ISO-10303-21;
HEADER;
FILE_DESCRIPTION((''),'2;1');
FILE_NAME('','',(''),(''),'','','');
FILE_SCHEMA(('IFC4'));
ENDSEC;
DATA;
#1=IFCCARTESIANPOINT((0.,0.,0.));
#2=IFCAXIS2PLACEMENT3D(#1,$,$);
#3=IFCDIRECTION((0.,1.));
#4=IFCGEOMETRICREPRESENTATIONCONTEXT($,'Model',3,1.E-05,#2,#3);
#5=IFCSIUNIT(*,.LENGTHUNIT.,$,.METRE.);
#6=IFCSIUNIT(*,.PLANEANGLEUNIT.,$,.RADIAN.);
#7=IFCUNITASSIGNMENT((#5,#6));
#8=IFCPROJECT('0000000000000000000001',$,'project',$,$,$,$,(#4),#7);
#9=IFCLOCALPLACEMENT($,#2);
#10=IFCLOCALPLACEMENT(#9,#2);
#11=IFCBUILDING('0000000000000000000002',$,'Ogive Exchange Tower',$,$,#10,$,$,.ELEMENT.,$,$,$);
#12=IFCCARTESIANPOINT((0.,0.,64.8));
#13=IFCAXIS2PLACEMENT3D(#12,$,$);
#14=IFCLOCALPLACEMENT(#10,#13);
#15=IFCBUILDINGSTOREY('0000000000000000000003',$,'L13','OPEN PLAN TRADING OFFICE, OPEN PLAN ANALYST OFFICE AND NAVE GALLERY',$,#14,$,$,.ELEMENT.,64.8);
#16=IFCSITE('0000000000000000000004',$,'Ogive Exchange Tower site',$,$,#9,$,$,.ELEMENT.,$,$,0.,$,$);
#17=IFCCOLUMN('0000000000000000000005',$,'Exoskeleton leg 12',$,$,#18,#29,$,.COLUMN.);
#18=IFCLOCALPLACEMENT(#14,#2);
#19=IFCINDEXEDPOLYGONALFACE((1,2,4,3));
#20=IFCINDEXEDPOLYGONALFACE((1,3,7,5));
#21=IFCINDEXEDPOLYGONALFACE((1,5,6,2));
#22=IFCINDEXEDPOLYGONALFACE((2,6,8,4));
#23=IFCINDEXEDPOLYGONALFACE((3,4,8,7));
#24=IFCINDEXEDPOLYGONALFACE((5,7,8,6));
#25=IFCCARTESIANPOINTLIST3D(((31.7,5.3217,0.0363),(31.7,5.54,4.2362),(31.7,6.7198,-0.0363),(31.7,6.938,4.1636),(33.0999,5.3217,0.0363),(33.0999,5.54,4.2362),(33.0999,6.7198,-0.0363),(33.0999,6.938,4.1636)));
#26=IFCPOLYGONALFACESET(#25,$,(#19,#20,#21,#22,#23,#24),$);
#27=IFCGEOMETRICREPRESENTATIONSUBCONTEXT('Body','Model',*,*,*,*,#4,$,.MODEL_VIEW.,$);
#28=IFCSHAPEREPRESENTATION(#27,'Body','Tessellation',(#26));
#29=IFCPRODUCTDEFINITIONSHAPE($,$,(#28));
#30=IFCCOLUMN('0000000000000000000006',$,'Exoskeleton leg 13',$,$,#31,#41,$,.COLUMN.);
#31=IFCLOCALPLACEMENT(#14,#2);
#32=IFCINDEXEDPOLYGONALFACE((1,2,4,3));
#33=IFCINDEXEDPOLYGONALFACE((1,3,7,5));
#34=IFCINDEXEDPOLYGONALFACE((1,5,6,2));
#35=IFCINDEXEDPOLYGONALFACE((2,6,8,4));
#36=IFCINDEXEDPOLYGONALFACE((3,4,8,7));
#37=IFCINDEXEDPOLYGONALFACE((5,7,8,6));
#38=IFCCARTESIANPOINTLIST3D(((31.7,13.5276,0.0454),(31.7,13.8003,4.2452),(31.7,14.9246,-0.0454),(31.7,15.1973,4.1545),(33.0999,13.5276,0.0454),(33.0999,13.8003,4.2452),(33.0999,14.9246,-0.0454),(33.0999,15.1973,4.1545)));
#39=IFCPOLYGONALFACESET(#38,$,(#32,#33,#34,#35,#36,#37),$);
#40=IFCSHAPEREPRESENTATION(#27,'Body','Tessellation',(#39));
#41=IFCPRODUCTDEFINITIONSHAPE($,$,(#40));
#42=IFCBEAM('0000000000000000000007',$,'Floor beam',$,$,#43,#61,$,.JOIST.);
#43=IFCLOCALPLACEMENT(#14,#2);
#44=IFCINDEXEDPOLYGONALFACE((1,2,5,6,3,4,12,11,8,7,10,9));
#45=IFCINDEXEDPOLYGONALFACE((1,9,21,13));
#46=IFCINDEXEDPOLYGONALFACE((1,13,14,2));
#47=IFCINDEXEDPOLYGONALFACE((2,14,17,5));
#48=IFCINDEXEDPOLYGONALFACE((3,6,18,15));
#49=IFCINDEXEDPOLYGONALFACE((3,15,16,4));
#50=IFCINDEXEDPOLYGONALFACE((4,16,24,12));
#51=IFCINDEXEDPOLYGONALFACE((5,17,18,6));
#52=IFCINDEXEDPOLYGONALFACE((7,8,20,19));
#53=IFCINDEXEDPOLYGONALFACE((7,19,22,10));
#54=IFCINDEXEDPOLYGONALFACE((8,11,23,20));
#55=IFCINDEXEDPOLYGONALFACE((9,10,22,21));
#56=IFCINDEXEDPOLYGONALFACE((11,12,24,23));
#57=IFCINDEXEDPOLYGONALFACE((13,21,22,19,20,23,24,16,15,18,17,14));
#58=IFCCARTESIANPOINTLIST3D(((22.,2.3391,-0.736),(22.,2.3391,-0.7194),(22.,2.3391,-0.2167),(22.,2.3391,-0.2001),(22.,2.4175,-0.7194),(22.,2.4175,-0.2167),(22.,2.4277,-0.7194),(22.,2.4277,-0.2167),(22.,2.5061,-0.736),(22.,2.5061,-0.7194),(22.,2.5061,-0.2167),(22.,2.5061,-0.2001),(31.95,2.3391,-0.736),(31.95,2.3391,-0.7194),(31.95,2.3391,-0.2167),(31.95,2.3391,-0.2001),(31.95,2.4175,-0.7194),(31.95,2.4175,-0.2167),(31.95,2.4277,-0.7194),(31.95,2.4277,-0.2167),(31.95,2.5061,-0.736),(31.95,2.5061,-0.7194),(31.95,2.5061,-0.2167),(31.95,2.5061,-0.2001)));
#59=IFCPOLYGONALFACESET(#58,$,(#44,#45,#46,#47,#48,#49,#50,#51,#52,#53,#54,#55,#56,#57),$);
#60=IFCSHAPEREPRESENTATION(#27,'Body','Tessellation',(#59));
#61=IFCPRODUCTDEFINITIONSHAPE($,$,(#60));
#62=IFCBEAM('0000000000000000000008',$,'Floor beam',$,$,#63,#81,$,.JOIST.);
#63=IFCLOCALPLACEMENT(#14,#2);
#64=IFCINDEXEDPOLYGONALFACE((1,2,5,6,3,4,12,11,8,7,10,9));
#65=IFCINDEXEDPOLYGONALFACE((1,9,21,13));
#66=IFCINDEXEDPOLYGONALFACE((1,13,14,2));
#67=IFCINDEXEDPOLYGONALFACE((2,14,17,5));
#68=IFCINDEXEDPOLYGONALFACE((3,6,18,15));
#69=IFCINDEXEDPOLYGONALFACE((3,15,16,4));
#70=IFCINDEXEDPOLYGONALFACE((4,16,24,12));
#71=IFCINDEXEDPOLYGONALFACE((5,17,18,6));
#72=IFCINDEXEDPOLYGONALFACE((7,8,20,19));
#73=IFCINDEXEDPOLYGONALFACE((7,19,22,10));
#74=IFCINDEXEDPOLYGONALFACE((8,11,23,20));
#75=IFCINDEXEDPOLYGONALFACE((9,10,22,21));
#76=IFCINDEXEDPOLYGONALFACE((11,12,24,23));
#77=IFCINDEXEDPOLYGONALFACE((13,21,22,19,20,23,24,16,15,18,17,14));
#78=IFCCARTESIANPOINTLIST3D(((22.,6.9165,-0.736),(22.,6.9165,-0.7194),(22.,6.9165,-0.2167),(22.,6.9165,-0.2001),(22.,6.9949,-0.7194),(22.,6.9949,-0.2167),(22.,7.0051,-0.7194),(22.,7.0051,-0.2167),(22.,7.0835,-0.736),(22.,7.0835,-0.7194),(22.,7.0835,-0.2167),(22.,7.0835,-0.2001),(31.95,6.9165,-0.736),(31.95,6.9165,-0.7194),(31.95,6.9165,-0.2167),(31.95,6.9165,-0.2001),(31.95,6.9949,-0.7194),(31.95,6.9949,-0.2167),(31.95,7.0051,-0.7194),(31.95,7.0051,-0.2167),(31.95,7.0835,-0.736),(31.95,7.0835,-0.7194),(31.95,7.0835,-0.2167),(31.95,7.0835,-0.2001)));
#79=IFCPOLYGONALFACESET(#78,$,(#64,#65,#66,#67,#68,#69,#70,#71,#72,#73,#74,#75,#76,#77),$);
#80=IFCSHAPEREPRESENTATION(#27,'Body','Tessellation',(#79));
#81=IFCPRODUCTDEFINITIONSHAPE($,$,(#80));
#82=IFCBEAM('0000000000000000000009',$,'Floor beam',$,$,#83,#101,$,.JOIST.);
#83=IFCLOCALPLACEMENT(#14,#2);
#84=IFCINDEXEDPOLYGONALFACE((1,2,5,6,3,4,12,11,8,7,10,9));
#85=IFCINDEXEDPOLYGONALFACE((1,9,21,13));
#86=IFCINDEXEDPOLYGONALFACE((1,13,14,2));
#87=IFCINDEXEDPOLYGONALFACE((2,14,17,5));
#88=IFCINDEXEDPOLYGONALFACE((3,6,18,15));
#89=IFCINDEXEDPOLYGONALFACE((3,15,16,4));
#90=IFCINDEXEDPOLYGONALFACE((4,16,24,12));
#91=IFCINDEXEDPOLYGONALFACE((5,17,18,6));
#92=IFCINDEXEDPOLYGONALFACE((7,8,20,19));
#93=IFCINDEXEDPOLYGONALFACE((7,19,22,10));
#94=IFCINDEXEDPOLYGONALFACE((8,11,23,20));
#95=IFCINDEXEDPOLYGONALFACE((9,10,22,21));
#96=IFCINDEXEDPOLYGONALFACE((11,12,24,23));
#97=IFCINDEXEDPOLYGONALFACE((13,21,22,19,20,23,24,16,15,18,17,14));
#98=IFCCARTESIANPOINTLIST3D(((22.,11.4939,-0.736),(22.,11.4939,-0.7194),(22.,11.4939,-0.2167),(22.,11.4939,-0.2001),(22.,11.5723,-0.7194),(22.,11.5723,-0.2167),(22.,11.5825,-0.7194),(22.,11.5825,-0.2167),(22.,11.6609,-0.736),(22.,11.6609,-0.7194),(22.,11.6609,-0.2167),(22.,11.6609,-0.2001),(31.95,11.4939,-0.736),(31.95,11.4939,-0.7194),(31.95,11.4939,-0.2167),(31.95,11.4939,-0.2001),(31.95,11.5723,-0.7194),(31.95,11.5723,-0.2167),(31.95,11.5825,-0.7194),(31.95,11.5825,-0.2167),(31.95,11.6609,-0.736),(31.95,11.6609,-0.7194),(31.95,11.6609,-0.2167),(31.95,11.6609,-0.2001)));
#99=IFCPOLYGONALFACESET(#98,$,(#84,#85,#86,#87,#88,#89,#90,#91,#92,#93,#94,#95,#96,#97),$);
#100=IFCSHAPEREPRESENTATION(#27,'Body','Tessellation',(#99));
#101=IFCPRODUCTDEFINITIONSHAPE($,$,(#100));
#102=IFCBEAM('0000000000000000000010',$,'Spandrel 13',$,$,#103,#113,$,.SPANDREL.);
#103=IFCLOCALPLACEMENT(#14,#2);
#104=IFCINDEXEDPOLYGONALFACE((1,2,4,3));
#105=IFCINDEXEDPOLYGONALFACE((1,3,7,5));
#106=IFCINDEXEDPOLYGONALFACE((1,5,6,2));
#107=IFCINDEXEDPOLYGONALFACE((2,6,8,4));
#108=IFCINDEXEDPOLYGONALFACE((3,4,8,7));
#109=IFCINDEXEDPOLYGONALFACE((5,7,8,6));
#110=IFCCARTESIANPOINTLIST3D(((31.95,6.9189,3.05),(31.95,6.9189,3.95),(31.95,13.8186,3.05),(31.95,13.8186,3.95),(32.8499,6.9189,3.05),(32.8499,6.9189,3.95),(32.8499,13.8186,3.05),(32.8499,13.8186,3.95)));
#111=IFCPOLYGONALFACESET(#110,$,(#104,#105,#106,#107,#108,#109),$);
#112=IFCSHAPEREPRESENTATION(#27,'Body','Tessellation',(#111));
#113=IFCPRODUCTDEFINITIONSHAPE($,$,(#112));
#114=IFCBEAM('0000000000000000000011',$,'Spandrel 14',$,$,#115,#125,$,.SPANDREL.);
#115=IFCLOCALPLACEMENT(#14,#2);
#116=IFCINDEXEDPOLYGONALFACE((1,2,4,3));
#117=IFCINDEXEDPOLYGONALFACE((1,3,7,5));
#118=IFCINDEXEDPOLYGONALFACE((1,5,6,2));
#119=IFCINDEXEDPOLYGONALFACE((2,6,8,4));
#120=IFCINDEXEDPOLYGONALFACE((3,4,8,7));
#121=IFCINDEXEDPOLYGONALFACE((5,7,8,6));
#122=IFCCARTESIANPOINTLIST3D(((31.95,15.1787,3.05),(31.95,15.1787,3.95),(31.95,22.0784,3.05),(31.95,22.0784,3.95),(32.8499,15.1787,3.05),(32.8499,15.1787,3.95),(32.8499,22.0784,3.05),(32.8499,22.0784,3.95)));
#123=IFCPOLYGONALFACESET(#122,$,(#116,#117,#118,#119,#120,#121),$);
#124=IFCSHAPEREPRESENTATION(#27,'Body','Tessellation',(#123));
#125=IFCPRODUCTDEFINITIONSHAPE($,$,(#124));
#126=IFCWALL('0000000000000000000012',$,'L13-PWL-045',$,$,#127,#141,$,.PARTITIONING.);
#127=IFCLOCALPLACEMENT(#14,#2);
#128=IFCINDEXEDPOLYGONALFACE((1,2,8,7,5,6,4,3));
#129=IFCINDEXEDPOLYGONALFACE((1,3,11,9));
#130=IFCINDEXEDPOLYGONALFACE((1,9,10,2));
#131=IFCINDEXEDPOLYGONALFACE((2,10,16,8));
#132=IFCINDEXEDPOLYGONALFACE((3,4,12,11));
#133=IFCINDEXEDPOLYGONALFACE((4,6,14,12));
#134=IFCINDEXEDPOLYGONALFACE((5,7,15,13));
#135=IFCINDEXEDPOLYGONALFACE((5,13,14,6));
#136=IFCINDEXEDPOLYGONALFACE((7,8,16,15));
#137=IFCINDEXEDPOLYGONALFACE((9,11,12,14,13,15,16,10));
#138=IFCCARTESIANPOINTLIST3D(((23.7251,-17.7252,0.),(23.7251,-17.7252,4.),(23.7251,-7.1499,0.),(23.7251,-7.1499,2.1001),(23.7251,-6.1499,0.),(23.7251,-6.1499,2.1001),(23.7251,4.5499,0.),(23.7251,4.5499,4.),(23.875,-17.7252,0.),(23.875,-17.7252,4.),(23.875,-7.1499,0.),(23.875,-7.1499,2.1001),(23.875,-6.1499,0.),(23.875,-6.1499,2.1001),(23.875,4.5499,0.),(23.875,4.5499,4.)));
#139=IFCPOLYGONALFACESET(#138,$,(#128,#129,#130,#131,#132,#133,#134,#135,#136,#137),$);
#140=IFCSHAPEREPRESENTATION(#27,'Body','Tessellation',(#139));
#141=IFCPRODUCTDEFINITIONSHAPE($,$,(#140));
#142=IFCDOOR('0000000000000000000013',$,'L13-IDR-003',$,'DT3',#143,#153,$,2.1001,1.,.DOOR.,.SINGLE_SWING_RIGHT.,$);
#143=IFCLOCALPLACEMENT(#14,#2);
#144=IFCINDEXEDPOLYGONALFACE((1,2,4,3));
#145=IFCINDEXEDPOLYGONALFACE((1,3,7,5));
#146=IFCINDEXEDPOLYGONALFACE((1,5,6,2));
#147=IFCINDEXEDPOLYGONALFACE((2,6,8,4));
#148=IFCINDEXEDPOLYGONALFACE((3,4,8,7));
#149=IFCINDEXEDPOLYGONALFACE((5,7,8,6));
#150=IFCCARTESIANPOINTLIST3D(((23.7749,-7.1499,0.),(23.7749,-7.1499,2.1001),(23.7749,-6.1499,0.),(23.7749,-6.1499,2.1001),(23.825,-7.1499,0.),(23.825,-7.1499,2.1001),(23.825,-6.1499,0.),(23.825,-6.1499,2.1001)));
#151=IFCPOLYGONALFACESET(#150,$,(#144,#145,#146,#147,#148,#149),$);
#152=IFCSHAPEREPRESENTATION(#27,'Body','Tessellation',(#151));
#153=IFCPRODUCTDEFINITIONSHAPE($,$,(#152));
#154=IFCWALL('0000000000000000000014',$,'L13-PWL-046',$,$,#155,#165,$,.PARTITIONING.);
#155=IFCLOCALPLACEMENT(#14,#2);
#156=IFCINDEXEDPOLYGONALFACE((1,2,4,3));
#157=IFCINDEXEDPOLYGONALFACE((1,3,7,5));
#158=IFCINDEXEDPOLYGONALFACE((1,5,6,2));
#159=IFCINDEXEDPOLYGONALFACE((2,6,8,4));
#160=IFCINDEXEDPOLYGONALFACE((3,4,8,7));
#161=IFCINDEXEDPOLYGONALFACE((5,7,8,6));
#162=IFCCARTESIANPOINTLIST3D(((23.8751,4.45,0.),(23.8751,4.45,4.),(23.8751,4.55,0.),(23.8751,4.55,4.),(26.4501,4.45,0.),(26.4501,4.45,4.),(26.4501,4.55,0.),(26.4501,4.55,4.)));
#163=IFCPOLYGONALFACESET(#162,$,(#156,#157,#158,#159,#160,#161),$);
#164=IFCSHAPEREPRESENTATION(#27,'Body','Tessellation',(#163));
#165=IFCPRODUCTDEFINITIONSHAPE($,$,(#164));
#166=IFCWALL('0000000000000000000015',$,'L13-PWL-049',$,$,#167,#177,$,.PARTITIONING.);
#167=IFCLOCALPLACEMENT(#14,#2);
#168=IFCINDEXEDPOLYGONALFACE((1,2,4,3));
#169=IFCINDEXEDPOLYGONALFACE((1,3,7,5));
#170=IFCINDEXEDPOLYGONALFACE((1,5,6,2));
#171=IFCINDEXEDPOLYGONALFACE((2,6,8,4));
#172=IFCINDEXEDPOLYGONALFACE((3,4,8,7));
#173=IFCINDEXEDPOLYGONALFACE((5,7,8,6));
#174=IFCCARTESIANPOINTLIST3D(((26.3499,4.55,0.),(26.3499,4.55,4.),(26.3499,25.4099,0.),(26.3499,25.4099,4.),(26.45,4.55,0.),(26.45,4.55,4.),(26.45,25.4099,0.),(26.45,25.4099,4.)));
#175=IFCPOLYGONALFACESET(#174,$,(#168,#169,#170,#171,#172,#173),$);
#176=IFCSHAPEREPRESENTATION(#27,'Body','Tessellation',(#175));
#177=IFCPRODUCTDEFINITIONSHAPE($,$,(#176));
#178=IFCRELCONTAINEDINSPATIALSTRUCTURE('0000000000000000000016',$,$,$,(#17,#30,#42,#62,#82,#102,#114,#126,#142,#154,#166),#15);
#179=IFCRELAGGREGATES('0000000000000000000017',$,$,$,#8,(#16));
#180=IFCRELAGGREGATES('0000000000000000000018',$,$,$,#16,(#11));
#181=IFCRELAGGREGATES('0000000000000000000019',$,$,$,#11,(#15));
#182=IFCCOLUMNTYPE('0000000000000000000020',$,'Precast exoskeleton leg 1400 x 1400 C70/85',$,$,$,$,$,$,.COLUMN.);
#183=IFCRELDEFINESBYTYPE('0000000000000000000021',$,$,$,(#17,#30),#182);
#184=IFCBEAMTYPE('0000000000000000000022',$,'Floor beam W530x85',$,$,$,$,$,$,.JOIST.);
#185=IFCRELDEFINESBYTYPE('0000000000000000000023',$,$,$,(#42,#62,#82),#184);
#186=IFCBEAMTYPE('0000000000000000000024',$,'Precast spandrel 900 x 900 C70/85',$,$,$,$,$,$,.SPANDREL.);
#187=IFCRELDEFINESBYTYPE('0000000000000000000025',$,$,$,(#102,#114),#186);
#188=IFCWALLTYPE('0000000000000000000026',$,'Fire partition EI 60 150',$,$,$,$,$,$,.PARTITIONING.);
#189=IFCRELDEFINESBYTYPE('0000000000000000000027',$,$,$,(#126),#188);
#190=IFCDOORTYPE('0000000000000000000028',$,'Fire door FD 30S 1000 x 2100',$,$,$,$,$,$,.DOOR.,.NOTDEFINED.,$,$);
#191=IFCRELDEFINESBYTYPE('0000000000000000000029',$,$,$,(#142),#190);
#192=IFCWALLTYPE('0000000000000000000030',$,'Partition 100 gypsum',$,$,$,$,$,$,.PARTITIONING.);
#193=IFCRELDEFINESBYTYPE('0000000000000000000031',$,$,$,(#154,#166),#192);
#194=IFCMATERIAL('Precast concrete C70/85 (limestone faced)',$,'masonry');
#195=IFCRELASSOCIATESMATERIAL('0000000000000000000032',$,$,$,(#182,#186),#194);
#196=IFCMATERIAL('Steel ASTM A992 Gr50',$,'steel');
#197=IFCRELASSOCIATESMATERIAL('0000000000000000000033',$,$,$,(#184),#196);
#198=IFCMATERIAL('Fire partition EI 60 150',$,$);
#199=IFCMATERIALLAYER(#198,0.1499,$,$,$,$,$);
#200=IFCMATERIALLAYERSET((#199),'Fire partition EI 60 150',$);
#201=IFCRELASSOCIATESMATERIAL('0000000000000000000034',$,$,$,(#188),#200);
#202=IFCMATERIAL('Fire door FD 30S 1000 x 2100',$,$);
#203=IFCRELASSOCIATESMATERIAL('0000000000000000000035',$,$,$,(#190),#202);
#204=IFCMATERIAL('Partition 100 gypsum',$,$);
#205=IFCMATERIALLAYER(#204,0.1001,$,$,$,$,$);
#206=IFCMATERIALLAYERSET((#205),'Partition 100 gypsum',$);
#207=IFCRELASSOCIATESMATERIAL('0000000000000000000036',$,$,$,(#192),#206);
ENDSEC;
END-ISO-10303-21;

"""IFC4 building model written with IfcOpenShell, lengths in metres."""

from ifc_helpers import new_model, si_unit, direction, frame, frame_2d, origin, origin_2d, place, context, subcontext, project, spatial, rectangle, i_section, extrude, material, layer, layer_set, material_profile, profile_set, type_object, element, fill, save


model = new_model("IFC4")

# Units and contexts
model_context = context("Model", 3, precision=1e-05, world=origin(), true_north=direction((0.0, 1.0)))
body_context = subcontext(model_context, "Body", "Model", "MODEL_VIEW")
ifc_project = project(units=[si_unit("LENGTHUNIT", "METRE"), si_unit("PLANEANGLEUNIT", "RADIAN")], contexts=[model_context])

# Site, building, storey
site_placement = place(None, origin())
site = spatial("IfcSite", under=ifc_project, at=site_placement, Name="Ogive Exchange Tower site", CompositionType="ELEMENT", RefElevation=0.0)
building_placement = place(site_placement, origin())
building = spatial("IfcBuilding", under=site, at=building_placement, Name="Ogive Exchange Tower", CompositionType="ELEMENT")
storey_placement = place(building_placement, frame((0.0, 0.0, 64.8)))
storey = spatial("IfcBuildingStorey", under=building, at=storey_placement, Name="L13", Description="OPEN PLAN TRADING OFFICE, OPEN PLAN ANALYST OFFICE AND NAVE GALLERY", CompositionType="ELEMENT", Elevation=64.8)

# Columns
ifc_material_1 = material(Name="Precast concrete C70/85 (limestone faced)", Category="masonry")
ifc_material_profile_1 = material_profile(ifc_material_1, rectangle(XDim=1.3999, YDim=1.3999, at=origin_2d()), Name="1400 x 1400")
ifc_profile_set_1 = profile_set([ifc_material_profile_1], Name="Precast concrete C70/85 (limestone faced)")
column_type = type_object("IfcColumnType", Name="Precast exoskeleton leg 1400 x 1400 C70/85", PredefinedType="COLUMN", material=ifc_profile_set_1)
column_1_placement = place(storey_placement, frame((32.3999, 6.0208, 0.0), z_axis=(0.0, 0.051898, 0.998652), x_axis=(-1.0, 0.0, 0.0)))
element("IfcColumn", 1, at=column_1_placement, inside=storey, type_object=column_type, Name="Exoskeleton leg 12", PredefinedType="COLUMN", context=body_context, shape_type="SweptSolid", body=[
    extrude(rectangle(XDim=1.3999, YDim=1.3999, at=origin_2d()), origin(), (0.0, 0.0, 1.0), 4.2056),
])
column_2_placement = place(storey_placement, frame((32.3999, 14.2261, 0.0), z_axis=(0.0, 0.064794, 0.997899), x_axis=(-1.0, 0.0, 0.0)))
element("IfcColumn", 2, at=column_2_placement, inside=storey, type_object=column_type, Name="Exoskeleton leg 13", PredefinedType="COLUMN", context=body_context, shape_type="SweptSolid", body=[
    extrude(rectangle(XDim=1.3999, YDim=1.3999, at=origin_2d()), origin(), (0.0, 0.0, 1.0), 4.2087),
])

# Beams
ifc_material_2 = material(Name="Steel ASTM A992 Gr50", Category="steel")
ifc_material_profile_2 = material_profile(ifc_material_2, i_section(OverallWidth=0.167, OverallDepth=0.5359, WebThickness=0.0103, FlangeThickness=0.0166, at=origin_2d()), Name="W530x85")
ifc_profile_set_2 = profile_set([ifc_material_profile_2], Name="Steel ASTM A992 Gr50")
beam_type_1 = type_object("IfcBeamType", Name="Floor beam W530x85", PredefinedType="JOIST", material=ifc_profile_set_2)
for number, where, z_axis, x_axis, name in (
    (3, (22.0, 2.4226, -0.468), (1.0, 0.0, 0.0), (0.0, 1.0, 0.0), "Floor beam"),
    (4, (22.0, 7.0, -0.468), (1.0, 0.0, 0.0), (0.0, 1.0, 0.0), "Floor beam"),
    (5, (22.0, 11.5774, -0.468), (1.0, 0.0, 0.0), (0.0, 1.0, 0.0), "Floor beam"),
):
    element("IfcBeam", number, at=place(storey_placement, frame(where, z_axis=z_axis, x_axis=x_axis)), inside=storey, type_object=beam_type_1, Name=name, PredefinedType="JOIST", context=body_context, shape_type="SweptSolid", body=[
        extrude(i_section(OverallWidth=0.167, OverallDepth=0.5359, WebThickness=0.0103, FlangeThickness=0.0166, at=origin_2d()), origin(), (0.0, 0.0, 1.0), 9.95),
    ])
ifc_material_profile_3 = material_profile(ifc_material_1, rectangle(XDim=0.8999, YDim=0.8999, at=origin_2d()), Name="900 x 900")
ifc_profile_set_3 = profile_set([ifc_material_profile_3], Name="Precast concrete C70/85 (limestone faced)")
beam_type_2 = type_object("IfcBeamType", Name="Precast spandrel 900 x 900 C70/85", PredefinedType="SPANDREL", material=ifc_profile_set_3)
for number, where, z_axis, x_axis, name in (
    (6, (32.3999, 6.9189, 3.5), (0.0, 1.0, 0.0), (-1.0, 0.0, 0.0), "Spandrel 13"),
    (7, (32.3999, 15.1787, 3.5), (0.0, 1.0, 0.0), (-1.0, 0.0, 0.0), "Spandrel 14"),
):
    element("IfcBeam", number, at=place(storey_placement, frame(where, z_axis=z_axis, x_axis=x_axis)), inside=storey, type_object=beam_type_2, Name=name, PredefinedType="SPANDREL", context=body_context, shape_type="SweptSolid", body=[
        extrude(rectangle(XDim=0.8999, YDim=0.8999, at=origin_2d()), origin(), (0.0, 0.0, 1.0), 6.8997),
    ])

# Wall, opening, door
ifc_material_3 = material(Name="Fire partition EI 60 150")
ifc_layer_1 = layer(ifc_material_3, 0.1499)
ifc_layer_set_1 = layer_set([ifc_layer_1], Name="Fire partition EI 60 150")
wall_type_1 = type_object("IfcWallType", Name="Fire partition EI 60 150", PredefinedType="PARTITIONING", material=ifc_layer_set_1)
wall_1_placement = place(storey_placement, frame((23.8, 4.55, 0.0), z_axis=(0.0, 0.0, 1.0), x_axis=(0.0, -1.0, 0.0)))
wall_1 = element("IfcWall", 8, at=wall_1_placement, inside=storey, type_object=wall_type_1, Name="L13-PWL-045", PredefinedType="PARTITIONING", context=body_context, shape_type="SweptSolid", body=[
    extrude(rectangle(XDim=22.2751, YDim=0.1499, at=frame_2d((11.1377, 0.0))), origin(), (0.0, 0.0, 1.0), 4.0),
])
opening_1_placement = place(wall_1_placement, frame((10.7, 0.0, 0.0)))
opening_1 = element("IfcOpeningElement", 9, at=opening_1_placement, cuts=wall_1, PredefinedType="OPENING", context=body_context, shape_type="SweptSolid", body=[
    extrude(rectangle(XDim=1.0, YDim=2.1001, at=frame_2d((0.5, 1.05))), frame((0.0, 0.085, 0.0), z_axis=(0.0, -1.0, 0.0), x_axis=(1.0, 0.0, 0.0)), (0.0, 0.0, 1.0), 0.1699),
])
ifc_material_4 = material(Name="Fire door FD 30S 1000 x 2100")
door_type_1 = type_object("IfcDoorType", Name="Fire door FD 30S 1000 x 2100", OperationType="NOTDEFINED", PredefinedType="DOOR", material=ifc_material_4)
door_1_placement = place(opening_1_placement, origin())
door_1 = element("IfcDoor", 10, at=door_1_placement, inside=storey, type_object=door_type_1, Name="L13-IDR-003", ObjectType="DT3", OperationType="SINGLE_SWING_RIGHT", OverallHeight=2.1001, OverallWidth=1.0, PredefinedType="DOOR", context=body_context, shape_type="SweptSolid", body=[
    extrude(rectangle(XDim=1.0, YDim=2.1001, at=frame_2d((0.5, 1.05))), frame((0.0, 0.0249, 0.0), z_axis=(0.0, -1.0, 0.0), x_axis=(1.0, 0.0, 0.0)), (0.0, 0.0, 1.0), 0.05),
])
fill(opening_1, door_1)

# Walls
ifc_material_5 = material(Name="Partition 100 gypsum")
ifc_layer_2 = layer(ifc_material_5, 0.1001)
ifc_layer_set_2 = layer_set([ifc_layer_2], Name="Partition 100 gypsum")
wall_type_2 = type_object("IfcWallType", Name="Partition 100 gypsum", PredefinedType="PARTITIONING", material=ifc_layer_set_2)
wall_2_placement = place(storey_placement, frame((23.875, 4.5, 0.0), z_axis=(0.0, 0.0, 1.0), x_axis=(1.0, 0.0, 0.0)))
element("IfcWall", 11, at=wall_2_placement, inside=storey, type_object=wall_type_2, Name="L13-PWL-046", PredefinedType="PARTITIONING", context=body_context, shape_type="SweptSolid", body=[
    extrude(rectangle(XDim=2.575, YDim=0.1001, at=frame_2d((1.2876, 0.0))), origin(), (0.0, 0.0, 1.0), 4.0),
])
wall_3_placement = place(storey_placement, frame((26.3999, 4.55, 0.0), z_axis=(0.0, 0.0, 1.0), x_axis=(0.0, 1.0, 0.0)))
element("IfcWall", 12, at=wall_3_placement, inside=storey, type_object=wall_type_2, Name="L13-PWL-049", PredefinedType="PARTITIONING", context=body_context, shape_type="SweptSolid", body=[
    extrude(rectangle(XDim=20.8599, YDim=0.1001, at=frame_2d((10.4299, 0.0))), origin(), (0.0, 0.0, 1.0), 4.0),
])

save(model, "model.ifc")
